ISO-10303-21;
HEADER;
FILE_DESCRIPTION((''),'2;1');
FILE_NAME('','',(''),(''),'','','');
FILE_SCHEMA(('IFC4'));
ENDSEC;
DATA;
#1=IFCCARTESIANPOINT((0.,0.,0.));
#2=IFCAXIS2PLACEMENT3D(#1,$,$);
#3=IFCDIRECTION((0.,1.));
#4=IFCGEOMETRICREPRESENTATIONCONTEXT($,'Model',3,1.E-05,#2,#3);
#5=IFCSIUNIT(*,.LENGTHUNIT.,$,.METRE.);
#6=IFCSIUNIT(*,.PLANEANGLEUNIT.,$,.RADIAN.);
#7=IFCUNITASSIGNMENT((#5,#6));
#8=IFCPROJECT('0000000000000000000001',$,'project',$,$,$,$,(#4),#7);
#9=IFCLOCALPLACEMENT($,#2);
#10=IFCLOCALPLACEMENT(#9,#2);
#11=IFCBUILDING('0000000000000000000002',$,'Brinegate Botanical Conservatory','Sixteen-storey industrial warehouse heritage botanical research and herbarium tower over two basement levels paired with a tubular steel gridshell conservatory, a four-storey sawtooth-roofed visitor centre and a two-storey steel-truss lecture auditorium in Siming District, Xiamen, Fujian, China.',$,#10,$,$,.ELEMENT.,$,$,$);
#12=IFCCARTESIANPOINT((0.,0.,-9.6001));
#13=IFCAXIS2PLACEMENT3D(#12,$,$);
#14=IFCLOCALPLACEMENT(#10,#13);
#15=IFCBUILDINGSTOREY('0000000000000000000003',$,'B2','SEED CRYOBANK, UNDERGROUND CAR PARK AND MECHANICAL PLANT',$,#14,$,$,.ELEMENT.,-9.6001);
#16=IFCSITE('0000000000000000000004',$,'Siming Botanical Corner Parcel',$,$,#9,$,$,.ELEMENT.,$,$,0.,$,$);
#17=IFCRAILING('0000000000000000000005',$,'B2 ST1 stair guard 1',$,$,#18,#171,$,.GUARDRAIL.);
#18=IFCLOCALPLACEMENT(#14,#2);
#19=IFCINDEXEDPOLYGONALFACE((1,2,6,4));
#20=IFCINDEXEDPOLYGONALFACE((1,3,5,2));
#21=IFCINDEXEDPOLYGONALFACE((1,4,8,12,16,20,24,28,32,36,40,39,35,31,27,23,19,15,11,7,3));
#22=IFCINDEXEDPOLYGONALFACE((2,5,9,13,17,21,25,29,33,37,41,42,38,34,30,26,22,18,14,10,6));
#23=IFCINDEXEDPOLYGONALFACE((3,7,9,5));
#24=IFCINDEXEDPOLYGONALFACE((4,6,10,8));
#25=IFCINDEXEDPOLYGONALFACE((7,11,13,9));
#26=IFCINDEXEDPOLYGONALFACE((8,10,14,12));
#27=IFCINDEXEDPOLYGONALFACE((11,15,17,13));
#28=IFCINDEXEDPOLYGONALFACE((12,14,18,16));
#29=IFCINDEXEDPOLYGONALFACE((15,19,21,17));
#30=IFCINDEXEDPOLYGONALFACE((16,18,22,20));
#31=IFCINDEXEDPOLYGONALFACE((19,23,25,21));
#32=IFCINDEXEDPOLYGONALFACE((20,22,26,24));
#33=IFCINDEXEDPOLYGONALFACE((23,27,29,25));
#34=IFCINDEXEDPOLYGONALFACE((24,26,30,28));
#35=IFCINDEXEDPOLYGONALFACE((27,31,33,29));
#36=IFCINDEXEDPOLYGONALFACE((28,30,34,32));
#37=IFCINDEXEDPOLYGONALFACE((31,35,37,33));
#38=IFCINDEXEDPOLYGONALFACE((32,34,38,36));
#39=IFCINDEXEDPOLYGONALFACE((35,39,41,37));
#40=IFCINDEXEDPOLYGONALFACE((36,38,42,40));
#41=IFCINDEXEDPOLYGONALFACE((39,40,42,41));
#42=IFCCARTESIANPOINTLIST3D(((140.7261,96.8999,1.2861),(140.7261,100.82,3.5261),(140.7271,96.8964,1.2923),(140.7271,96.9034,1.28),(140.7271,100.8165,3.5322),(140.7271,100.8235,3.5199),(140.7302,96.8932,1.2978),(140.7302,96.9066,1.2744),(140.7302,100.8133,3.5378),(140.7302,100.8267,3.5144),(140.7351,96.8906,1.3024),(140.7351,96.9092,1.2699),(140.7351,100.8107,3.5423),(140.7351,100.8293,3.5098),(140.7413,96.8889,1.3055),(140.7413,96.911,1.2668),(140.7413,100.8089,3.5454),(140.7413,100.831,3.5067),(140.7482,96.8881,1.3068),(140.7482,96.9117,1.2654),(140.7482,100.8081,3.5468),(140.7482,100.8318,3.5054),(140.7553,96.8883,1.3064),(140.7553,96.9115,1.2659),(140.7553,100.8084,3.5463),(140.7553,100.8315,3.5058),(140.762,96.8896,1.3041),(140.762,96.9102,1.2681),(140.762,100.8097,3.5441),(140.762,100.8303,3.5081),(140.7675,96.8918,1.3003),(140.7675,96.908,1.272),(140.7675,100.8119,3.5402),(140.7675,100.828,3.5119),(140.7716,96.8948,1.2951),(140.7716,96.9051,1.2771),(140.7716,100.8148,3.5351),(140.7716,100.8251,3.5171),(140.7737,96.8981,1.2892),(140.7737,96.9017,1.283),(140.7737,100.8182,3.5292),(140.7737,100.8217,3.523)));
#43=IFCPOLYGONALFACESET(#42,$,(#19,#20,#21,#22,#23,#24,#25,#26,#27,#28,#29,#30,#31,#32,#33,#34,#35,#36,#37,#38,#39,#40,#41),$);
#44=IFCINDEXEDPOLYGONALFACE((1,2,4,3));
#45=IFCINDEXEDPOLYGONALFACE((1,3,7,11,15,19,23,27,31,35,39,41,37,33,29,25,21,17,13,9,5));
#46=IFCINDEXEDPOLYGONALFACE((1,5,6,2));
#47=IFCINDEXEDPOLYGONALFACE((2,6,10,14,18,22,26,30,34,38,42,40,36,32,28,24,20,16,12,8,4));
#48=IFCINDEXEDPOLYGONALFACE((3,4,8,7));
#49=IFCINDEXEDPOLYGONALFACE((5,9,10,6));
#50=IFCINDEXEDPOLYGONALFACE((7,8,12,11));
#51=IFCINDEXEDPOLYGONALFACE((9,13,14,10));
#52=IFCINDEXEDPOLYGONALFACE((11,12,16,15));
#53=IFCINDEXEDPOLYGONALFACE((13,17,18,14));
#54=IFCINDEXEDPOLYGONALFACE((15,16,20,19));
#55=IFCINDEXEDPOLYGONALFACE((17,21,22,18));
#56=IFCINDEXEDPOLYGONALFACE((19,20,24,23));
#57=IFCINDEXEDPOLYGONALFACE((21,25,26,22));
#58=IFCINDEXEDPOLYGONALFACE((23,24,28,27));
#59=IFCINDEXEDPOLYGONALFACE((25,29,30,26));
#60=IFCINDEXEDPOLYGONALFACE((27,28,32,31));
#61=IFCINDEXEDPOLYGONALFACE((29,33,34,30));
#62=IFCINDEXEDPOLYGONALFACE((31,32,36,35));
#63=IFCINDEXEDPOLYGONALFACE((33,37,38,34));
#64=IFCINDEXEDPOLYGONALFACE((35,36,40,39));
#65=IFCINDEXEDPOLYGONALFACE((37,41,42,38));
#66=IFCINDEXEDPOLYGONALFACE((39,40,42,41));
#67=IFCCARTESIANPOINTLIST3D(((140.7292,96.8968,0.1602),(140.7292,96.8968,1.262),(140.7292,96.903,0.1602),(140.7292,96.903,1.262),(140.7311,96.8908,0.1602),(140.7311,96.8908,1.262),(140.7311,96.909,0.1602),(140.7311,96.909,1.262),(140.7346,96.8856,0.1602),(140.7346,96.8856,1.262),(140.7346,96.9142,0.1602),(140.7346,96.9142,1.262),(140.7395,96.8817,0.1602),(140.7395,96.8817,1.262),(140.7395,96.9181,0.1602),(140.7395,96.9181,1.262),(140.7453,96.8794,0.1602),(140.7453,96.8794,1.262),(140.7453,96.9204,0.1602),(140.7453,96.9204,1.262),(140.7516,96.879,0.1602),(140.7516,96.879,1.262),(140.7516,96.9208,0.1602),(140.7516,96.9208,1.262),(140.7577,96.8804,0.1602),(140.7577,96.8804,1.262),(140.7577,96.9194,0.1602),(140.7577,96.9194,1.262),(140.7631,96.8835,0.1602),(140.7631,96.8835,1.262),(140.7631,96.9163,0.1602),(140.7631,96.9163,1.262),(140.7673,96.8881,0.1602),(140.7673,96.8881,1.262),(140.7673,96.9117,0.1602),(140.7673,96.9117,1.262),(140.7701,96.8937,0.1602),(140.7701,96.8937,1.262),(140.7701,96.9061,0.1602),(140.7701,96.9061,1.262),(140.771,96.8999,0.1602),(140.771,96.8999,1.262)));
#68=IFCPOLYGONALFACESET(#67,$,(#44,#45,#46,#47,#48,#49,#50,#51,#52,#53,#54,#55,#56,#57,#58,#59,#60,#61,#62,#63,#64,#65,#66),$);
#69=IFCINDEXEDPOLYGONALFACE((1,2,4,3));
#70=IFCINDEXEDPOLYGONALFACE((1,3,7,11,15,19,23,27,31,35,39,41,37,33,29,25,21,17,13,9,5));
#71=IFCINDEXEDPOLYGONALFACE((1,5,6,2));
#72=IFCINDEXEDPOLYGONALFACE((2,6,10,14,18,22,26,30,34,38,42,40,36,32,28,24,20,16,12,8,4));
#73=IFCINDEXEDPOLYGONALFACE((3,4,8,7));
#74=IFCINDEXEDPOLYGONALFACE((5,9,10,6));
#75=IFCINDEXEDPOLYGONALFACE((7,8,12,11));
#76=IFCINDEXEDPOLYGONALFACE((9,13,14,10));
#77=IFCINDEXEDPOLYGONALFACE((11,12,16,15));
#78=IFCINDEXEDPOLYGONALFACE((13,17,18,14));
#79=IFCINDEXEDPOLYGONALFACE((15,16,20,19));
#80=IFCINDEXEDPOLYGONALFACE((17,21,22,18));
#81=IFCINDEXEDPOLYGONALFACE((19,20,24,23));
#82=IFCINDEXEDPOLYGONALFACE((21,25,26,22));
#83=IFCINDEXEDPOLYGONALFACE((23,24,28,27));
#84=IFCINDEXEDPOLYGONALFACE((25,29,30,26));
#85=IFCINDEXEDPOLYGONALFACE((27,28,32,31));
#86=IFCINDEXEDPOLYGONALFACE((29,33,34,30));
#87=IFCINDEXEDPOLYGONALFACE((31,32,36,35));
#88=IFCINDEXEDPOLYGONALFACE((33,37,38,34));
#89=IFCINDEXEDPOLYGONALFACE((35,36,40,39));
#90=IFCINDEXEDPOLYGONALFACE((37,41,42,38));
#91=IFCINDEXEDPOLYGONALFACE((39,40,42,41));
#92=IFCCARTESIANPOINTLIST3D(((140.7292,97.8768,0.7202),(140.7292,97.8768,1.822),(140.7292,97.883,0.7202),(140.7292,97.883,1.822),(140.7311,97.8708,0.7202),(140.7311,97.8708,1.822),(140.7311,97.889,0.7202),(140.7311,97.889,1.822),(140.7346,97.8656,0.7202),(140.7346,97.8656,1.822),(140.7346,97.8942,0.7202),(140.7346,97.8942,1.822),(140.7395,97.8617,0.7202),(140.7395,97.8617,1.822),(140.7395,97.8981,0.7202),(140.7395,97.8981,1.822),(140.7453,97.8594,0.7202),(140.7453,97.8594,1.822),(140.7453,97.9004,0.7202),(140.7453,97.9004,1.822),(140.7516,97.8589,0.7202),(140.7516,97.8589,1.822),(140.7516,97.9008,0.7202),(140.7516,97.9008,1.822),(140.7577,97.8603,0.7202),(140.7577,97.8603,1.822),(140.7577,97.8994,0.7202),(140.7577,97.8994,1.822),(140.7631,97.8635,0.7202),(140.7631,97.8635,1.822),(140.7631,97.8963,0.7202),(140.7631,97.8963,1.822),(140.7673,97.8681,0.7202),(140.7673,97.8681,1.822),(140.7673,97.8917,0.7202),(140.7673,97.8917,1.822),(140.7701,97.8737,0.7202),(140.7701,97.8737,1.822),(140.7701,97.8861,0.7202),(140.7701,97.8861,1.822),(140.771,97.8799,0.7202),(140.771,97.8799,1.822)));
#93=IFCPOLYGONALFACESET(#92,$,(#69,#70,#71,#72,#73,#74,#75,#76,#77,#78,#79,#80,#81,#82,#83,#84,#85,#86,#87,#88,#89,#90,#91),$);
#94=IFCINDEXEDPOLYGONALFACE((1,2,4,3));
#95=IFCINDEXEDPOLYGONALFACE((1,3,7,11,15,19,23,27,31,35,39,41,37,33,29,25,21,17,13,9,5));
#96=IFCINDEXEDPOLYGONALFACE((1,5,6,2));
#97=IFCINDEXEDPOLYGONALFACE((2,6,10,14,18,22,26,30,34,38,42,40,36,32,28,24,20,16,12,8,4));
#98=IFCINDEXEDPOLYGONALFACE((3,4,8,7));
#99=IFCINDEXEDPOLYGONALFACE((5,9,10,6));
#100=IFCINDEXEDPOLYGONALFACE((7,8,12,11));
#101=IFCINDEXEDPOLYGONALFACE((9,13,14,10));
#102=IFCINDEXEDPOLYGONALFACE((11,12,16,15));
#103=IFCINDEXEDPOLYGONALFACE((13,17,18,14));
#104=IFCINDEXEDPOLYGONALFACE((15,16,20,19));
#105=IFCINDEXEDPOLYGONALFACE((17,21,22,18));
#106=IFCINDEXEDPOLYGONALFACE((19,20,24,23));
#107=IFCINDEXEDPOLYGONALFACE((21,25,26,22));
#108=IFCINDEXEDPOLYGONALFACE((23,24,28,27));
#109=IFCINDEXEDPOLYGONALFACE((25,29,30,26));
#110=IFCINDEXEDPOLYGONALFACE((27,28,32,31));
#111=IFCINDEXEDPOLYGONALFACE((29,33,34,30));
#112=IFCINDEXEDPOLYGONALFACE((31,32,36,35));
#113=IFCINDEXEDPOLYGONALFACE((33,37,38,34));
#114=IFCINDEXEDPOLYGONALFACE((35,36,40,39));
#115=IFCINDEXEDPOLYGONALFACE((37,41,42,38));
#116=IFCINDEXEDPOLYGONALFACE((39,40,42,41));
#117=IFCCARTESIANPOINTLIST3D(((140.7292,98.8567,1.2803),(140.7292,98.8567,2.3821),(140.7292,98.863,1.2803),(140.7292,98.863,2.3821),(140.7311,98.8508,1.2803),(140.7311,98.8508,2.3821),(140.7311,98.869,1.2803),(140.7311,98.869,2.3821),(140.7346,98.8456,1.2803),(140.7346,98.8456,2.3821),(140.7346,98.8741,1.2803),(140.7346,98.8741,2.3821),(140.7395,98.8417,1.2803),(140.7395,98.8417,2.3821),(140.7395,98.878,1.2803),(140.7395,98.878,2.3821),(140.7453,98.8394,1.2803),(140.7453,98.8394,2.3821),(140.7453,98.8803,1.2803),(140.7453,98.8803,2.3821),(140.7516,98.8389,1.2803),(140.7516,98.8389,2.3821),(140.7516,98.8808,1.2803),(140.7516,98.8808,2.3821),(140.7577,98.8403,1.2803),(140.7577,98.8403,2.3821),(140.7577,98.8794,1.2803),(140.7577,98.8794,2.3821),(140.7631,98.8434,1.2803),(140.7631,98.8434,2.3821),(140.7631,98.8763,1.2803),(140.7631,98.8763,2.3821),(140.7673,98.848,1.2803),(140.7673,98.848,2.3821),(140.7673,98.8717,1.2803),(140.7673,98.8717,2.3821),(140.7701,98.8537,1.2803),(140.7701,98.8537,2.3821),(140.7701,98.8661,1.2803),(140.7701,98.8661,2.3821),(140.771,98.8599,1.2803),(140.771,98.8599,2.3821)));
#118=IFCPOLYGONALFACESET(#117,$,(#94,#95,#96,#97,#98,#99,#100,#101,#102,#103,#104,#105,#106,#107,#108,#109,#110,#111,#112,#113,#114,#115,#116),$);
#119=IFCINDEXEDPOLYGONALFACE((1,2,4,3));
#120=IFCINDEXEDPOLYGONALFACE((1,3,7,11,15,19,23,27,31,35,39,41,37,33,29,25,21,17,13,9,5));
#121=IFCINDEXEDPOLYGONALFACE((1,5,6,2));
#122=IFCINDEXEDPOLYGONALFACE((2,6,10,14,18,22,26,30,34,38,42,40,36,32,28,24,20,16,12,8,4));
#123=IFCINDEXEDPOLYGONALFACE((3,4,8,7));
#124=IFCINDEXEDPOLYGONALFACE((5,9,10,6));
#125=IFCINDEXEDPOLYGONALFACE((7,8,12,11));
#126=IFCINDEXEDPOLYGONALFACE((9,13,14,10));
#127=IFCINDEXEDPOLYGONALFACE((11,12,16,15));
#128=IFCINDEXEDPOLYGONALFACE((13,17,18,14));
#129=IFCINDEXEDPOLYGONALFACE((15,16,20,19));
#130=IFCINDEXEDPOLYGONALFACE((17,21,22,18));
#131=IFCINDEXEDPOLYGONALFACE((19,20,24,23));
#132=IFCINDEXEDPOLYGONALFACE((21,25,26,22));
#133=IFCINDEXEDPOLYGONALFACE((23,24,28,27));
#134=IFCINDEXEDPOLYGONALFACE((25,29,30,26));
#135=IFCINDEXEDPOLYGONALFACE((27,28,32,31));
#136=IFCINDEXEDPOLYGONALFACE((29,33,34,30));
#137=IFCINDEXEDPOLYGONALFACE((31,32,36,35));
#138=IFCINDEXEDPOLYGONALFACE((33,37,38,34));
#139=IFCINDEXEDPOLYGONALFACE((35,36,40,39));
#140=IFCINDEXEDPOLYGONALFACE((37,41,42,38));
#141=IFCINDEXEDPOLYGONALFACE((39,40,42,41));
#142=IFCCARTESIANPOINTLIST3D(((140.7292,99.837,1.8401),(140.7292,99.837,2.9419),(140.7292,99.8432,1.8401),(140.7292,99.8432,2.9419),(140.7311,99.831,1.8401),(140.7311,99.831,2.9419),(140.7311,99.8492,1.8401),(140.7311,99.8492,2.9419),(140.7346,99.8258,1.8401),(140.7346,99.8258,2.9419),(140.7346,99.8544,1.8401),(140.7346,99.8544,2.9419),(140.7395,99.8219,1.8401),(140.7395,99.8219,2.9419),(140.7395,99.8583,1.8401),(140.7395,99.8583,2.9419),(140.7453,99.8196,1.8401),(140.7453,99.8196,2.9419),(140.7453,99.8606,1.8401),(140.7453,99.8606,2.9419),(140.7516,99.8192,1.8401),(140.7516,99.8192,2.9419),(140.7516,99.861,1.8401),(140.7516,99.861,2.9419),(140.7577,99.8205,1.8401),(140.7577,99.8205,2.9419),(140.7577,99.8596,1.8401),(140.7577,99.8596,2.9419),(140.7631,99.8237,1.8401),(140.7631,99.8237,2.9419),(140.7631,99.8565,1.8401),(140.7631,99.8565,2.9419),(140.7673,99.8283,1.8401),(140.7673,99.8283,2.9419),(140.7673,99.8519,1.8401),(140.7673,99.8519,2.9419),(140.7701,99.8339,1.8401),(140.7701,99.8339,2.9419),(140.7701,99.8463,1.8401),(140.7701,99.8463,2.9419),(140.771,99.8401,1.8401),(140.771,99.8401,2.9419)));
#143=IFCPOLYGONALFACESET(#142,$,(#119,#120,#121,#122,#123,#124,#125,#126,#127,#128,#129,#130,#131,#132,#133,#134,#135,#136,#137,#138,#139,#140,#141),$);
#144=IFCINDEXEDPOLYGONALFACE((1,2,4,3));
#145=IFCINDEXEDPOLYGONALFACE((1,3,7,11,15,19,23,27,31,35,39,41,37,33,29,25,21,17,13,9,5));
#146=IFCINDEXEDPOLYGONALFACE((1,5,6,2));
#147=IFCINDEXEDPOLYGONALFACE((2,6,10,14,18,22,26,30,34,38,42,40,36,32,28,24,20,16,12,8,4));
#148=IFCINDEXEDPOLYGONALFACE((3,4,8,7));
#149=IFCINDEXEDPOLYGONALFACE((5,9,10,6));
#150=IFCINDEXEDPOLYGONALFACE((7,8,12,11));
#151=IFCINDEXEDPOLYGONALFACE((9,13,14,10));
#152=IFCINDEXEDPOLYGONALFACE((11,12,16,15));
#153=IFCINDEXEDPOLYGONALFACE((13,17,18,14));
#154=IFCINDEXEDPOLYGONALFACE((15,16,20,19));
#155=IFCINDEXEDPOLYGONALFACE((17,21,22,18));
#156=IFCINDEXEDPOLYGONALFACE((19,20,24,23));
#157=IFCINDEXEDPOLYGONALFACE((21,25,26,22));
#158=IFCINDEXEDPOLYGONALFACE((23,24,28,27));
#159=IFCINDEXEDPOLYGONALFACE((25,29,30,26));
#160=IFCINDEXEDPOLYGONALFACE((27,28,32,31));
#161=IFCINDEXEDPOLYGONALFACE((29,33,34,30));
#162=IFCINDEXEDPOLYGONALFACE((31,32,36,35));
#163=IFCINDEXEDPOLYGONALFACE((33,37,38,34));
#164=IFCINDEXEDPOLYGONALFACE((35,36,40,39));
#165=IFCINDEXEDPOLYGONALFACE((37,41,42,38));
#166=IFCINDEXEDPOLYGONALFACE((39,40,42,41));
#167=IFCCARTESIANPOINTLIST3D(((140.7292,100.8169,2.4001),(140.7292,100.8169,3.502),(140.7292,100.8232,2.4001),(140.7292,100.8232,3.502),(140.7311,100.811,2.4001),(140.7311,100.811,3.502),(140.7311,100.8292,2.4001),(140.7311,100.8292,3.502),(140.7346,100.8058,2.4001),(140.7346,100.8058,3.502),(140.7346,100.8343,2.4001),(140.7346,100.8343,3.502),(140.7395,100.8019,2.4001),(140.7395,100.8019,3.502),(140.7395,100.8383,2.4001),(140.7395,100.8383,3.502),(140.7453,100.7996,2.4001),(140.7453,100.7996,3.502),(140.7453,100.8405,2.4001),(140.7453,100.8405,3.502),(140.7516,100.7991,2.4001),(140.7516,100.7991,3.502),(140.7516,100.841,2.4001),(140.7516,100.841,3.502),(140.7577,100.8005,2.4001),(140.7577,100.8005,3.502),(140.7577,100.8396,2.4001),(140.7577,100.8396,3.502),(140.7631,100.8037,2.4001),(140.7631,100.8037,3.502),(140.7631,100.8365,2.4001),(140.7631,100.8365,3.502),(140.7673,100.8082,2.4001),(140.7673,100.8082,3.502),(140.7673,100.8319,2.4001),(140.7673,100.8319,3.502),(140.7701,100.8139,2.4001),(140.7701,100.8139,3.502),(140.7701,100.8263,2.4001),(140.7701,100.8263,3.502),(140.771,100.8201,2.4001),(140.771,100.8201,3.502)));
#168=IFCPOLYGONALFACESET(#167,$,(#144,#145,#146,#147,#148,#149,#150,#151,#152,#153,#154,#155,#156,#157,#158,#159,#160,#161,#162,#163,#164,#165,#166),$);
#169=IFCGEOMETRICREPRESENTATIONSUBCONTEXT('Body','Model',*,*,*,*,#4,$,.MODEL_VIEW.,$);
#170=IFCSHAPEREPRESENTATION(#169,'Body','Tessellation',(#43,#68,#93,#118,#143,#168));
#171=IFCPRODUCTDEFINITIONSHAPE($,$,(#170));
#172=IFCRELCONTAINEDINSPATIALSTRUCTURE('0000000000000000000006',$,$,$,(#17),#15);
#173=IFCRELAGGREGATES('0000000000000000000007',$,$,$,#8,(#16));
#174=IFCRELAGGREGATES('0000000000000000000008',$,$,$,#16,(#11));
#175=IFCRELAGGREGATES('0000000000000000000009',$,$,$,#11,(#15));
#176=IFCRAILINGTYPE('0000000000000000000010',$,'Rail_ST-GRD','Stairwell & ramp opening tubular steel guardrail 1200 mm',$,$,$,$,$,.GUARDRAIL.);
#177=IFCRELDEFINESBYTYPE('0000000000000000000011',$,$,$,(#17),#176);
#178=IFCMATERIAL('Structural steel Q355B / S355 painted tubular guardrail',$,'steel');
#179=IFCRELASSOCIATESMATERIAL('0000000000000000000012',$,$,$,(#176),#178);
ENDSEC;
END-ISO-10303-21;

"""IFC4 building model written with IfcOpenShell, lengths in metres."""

from ifc_helpers import new_model, si_unit, direction, frame, origin, origin_2d, place, context, subcontext, project, spatial, circle, extrude, material, type_object, element, save


model = new_model("IFC4")

# Units and contexts
model_context = context("Model", 3, precision=1e-05, world=origin(), true_north=direction((0.0, 1.0)))
body_context = subcontext(model_context, "Body", "Model", "MODEL_VIEW")
ifc_project = project(units=[si_unit("LENGTHUNIT", "METRE"), si_unit("PLANEANGLEUNIT", "RADIAN")], contexts=[model_context])

# Site, building, storey
site_placement = place(None, origin())
site = spatial("IfcSite", under=ifc_project, at=site_placement, Name="Siming Botanical Corner Parcel", CompositionType="ELEMENT", RefElevation=0.0)
building_placement = place(site_placement, origin())
building = spatial("IfcBuilding", under=site, at=building_placement, Name="Brinegate Botanical Conservatory", Description="Sixteen-storey industrial warehouse heritage botanical research and herbarium tower over two basement levels paired with a tubular steel gridshell conservatory, a four-storey sawtooth-roofed visitor centre and a two-storey steel-truss lecture auditorium in Siming District, Xiamen, Fujian, China.", CompositionType="ELEMENT")
storey_placement = place(building_placement, frame((0.0, 0.0, -9.6001)))
storey = spatial("IfcBuildingStorey", under=building, at=storey_placement, Name="B2", Description="SEED CRYOBANK, UNDERGROUND CAR PARK AND MECHANICAL PLANT", CompositionType="ELEMENT", Elevation=-9.6001)

# Railing
ifc_material_1 = material(Name="Structural steel Q355B / S355 painted tubular guardrail", Category="steel")
railing_type_1 = type_object("IfcRailingType", Name="Rail_ST-GRD", Description="Stairwell & ramp opening tubular steel guardrail 1200 mm", PredefinedType="GUARDRAIL", material=ifc_material_1)
railing_1_placement = place(storey_placement, frame((140.75, 96.8999, 0.1602)))
element("IfcRailing", 1, at=railing_1_placement, inside=storey, type_object=railing_type_1, Name="B2 ST1 stair guard 1", PredefinedType="GUARDRAIL", context=body_context, shape_type="SweptSolid", body=[
    extrude(circle(Radius=0.0239, at=origin_2d()), frame((0.0, 0.0, 1.126), z_axis=(0.0, 0.868253, 0.496121), x_axis=(-1.0, 0.0, 0.0)), (0.0, 0.0, 1.0), 4.5149),
    extrude(circle(Radius=0.021, at=origin_2d()), origin(), (0.0, 0.0, 1.0), 1.1018),
    extrude(circle(Radius=0.021, at=origin_2d()), frame((0.0, 0.98, 0.5601)), (0.0, 0.0, 1.0), 1.1018),
    extrude(circle(Radius=0.021, at=origin_2d()), frame((0.0, 1.96, 1.1201)), (0.0, 0.0, 1.0), 1.1018),
    extrude(circle(Radius=0.021, at=origin_2d()), frame((0.0, 2.9402, 1.6799)), (0.0, 0.0, 1.0), 1.1018),
    extrude(circle(Radius=0.021, at=origin_2d()), frame((0.0, 3.9202, 2.24)), (0.0, 0.0, 1.0), 1.1018),
])

save(model, "model.ifc")
